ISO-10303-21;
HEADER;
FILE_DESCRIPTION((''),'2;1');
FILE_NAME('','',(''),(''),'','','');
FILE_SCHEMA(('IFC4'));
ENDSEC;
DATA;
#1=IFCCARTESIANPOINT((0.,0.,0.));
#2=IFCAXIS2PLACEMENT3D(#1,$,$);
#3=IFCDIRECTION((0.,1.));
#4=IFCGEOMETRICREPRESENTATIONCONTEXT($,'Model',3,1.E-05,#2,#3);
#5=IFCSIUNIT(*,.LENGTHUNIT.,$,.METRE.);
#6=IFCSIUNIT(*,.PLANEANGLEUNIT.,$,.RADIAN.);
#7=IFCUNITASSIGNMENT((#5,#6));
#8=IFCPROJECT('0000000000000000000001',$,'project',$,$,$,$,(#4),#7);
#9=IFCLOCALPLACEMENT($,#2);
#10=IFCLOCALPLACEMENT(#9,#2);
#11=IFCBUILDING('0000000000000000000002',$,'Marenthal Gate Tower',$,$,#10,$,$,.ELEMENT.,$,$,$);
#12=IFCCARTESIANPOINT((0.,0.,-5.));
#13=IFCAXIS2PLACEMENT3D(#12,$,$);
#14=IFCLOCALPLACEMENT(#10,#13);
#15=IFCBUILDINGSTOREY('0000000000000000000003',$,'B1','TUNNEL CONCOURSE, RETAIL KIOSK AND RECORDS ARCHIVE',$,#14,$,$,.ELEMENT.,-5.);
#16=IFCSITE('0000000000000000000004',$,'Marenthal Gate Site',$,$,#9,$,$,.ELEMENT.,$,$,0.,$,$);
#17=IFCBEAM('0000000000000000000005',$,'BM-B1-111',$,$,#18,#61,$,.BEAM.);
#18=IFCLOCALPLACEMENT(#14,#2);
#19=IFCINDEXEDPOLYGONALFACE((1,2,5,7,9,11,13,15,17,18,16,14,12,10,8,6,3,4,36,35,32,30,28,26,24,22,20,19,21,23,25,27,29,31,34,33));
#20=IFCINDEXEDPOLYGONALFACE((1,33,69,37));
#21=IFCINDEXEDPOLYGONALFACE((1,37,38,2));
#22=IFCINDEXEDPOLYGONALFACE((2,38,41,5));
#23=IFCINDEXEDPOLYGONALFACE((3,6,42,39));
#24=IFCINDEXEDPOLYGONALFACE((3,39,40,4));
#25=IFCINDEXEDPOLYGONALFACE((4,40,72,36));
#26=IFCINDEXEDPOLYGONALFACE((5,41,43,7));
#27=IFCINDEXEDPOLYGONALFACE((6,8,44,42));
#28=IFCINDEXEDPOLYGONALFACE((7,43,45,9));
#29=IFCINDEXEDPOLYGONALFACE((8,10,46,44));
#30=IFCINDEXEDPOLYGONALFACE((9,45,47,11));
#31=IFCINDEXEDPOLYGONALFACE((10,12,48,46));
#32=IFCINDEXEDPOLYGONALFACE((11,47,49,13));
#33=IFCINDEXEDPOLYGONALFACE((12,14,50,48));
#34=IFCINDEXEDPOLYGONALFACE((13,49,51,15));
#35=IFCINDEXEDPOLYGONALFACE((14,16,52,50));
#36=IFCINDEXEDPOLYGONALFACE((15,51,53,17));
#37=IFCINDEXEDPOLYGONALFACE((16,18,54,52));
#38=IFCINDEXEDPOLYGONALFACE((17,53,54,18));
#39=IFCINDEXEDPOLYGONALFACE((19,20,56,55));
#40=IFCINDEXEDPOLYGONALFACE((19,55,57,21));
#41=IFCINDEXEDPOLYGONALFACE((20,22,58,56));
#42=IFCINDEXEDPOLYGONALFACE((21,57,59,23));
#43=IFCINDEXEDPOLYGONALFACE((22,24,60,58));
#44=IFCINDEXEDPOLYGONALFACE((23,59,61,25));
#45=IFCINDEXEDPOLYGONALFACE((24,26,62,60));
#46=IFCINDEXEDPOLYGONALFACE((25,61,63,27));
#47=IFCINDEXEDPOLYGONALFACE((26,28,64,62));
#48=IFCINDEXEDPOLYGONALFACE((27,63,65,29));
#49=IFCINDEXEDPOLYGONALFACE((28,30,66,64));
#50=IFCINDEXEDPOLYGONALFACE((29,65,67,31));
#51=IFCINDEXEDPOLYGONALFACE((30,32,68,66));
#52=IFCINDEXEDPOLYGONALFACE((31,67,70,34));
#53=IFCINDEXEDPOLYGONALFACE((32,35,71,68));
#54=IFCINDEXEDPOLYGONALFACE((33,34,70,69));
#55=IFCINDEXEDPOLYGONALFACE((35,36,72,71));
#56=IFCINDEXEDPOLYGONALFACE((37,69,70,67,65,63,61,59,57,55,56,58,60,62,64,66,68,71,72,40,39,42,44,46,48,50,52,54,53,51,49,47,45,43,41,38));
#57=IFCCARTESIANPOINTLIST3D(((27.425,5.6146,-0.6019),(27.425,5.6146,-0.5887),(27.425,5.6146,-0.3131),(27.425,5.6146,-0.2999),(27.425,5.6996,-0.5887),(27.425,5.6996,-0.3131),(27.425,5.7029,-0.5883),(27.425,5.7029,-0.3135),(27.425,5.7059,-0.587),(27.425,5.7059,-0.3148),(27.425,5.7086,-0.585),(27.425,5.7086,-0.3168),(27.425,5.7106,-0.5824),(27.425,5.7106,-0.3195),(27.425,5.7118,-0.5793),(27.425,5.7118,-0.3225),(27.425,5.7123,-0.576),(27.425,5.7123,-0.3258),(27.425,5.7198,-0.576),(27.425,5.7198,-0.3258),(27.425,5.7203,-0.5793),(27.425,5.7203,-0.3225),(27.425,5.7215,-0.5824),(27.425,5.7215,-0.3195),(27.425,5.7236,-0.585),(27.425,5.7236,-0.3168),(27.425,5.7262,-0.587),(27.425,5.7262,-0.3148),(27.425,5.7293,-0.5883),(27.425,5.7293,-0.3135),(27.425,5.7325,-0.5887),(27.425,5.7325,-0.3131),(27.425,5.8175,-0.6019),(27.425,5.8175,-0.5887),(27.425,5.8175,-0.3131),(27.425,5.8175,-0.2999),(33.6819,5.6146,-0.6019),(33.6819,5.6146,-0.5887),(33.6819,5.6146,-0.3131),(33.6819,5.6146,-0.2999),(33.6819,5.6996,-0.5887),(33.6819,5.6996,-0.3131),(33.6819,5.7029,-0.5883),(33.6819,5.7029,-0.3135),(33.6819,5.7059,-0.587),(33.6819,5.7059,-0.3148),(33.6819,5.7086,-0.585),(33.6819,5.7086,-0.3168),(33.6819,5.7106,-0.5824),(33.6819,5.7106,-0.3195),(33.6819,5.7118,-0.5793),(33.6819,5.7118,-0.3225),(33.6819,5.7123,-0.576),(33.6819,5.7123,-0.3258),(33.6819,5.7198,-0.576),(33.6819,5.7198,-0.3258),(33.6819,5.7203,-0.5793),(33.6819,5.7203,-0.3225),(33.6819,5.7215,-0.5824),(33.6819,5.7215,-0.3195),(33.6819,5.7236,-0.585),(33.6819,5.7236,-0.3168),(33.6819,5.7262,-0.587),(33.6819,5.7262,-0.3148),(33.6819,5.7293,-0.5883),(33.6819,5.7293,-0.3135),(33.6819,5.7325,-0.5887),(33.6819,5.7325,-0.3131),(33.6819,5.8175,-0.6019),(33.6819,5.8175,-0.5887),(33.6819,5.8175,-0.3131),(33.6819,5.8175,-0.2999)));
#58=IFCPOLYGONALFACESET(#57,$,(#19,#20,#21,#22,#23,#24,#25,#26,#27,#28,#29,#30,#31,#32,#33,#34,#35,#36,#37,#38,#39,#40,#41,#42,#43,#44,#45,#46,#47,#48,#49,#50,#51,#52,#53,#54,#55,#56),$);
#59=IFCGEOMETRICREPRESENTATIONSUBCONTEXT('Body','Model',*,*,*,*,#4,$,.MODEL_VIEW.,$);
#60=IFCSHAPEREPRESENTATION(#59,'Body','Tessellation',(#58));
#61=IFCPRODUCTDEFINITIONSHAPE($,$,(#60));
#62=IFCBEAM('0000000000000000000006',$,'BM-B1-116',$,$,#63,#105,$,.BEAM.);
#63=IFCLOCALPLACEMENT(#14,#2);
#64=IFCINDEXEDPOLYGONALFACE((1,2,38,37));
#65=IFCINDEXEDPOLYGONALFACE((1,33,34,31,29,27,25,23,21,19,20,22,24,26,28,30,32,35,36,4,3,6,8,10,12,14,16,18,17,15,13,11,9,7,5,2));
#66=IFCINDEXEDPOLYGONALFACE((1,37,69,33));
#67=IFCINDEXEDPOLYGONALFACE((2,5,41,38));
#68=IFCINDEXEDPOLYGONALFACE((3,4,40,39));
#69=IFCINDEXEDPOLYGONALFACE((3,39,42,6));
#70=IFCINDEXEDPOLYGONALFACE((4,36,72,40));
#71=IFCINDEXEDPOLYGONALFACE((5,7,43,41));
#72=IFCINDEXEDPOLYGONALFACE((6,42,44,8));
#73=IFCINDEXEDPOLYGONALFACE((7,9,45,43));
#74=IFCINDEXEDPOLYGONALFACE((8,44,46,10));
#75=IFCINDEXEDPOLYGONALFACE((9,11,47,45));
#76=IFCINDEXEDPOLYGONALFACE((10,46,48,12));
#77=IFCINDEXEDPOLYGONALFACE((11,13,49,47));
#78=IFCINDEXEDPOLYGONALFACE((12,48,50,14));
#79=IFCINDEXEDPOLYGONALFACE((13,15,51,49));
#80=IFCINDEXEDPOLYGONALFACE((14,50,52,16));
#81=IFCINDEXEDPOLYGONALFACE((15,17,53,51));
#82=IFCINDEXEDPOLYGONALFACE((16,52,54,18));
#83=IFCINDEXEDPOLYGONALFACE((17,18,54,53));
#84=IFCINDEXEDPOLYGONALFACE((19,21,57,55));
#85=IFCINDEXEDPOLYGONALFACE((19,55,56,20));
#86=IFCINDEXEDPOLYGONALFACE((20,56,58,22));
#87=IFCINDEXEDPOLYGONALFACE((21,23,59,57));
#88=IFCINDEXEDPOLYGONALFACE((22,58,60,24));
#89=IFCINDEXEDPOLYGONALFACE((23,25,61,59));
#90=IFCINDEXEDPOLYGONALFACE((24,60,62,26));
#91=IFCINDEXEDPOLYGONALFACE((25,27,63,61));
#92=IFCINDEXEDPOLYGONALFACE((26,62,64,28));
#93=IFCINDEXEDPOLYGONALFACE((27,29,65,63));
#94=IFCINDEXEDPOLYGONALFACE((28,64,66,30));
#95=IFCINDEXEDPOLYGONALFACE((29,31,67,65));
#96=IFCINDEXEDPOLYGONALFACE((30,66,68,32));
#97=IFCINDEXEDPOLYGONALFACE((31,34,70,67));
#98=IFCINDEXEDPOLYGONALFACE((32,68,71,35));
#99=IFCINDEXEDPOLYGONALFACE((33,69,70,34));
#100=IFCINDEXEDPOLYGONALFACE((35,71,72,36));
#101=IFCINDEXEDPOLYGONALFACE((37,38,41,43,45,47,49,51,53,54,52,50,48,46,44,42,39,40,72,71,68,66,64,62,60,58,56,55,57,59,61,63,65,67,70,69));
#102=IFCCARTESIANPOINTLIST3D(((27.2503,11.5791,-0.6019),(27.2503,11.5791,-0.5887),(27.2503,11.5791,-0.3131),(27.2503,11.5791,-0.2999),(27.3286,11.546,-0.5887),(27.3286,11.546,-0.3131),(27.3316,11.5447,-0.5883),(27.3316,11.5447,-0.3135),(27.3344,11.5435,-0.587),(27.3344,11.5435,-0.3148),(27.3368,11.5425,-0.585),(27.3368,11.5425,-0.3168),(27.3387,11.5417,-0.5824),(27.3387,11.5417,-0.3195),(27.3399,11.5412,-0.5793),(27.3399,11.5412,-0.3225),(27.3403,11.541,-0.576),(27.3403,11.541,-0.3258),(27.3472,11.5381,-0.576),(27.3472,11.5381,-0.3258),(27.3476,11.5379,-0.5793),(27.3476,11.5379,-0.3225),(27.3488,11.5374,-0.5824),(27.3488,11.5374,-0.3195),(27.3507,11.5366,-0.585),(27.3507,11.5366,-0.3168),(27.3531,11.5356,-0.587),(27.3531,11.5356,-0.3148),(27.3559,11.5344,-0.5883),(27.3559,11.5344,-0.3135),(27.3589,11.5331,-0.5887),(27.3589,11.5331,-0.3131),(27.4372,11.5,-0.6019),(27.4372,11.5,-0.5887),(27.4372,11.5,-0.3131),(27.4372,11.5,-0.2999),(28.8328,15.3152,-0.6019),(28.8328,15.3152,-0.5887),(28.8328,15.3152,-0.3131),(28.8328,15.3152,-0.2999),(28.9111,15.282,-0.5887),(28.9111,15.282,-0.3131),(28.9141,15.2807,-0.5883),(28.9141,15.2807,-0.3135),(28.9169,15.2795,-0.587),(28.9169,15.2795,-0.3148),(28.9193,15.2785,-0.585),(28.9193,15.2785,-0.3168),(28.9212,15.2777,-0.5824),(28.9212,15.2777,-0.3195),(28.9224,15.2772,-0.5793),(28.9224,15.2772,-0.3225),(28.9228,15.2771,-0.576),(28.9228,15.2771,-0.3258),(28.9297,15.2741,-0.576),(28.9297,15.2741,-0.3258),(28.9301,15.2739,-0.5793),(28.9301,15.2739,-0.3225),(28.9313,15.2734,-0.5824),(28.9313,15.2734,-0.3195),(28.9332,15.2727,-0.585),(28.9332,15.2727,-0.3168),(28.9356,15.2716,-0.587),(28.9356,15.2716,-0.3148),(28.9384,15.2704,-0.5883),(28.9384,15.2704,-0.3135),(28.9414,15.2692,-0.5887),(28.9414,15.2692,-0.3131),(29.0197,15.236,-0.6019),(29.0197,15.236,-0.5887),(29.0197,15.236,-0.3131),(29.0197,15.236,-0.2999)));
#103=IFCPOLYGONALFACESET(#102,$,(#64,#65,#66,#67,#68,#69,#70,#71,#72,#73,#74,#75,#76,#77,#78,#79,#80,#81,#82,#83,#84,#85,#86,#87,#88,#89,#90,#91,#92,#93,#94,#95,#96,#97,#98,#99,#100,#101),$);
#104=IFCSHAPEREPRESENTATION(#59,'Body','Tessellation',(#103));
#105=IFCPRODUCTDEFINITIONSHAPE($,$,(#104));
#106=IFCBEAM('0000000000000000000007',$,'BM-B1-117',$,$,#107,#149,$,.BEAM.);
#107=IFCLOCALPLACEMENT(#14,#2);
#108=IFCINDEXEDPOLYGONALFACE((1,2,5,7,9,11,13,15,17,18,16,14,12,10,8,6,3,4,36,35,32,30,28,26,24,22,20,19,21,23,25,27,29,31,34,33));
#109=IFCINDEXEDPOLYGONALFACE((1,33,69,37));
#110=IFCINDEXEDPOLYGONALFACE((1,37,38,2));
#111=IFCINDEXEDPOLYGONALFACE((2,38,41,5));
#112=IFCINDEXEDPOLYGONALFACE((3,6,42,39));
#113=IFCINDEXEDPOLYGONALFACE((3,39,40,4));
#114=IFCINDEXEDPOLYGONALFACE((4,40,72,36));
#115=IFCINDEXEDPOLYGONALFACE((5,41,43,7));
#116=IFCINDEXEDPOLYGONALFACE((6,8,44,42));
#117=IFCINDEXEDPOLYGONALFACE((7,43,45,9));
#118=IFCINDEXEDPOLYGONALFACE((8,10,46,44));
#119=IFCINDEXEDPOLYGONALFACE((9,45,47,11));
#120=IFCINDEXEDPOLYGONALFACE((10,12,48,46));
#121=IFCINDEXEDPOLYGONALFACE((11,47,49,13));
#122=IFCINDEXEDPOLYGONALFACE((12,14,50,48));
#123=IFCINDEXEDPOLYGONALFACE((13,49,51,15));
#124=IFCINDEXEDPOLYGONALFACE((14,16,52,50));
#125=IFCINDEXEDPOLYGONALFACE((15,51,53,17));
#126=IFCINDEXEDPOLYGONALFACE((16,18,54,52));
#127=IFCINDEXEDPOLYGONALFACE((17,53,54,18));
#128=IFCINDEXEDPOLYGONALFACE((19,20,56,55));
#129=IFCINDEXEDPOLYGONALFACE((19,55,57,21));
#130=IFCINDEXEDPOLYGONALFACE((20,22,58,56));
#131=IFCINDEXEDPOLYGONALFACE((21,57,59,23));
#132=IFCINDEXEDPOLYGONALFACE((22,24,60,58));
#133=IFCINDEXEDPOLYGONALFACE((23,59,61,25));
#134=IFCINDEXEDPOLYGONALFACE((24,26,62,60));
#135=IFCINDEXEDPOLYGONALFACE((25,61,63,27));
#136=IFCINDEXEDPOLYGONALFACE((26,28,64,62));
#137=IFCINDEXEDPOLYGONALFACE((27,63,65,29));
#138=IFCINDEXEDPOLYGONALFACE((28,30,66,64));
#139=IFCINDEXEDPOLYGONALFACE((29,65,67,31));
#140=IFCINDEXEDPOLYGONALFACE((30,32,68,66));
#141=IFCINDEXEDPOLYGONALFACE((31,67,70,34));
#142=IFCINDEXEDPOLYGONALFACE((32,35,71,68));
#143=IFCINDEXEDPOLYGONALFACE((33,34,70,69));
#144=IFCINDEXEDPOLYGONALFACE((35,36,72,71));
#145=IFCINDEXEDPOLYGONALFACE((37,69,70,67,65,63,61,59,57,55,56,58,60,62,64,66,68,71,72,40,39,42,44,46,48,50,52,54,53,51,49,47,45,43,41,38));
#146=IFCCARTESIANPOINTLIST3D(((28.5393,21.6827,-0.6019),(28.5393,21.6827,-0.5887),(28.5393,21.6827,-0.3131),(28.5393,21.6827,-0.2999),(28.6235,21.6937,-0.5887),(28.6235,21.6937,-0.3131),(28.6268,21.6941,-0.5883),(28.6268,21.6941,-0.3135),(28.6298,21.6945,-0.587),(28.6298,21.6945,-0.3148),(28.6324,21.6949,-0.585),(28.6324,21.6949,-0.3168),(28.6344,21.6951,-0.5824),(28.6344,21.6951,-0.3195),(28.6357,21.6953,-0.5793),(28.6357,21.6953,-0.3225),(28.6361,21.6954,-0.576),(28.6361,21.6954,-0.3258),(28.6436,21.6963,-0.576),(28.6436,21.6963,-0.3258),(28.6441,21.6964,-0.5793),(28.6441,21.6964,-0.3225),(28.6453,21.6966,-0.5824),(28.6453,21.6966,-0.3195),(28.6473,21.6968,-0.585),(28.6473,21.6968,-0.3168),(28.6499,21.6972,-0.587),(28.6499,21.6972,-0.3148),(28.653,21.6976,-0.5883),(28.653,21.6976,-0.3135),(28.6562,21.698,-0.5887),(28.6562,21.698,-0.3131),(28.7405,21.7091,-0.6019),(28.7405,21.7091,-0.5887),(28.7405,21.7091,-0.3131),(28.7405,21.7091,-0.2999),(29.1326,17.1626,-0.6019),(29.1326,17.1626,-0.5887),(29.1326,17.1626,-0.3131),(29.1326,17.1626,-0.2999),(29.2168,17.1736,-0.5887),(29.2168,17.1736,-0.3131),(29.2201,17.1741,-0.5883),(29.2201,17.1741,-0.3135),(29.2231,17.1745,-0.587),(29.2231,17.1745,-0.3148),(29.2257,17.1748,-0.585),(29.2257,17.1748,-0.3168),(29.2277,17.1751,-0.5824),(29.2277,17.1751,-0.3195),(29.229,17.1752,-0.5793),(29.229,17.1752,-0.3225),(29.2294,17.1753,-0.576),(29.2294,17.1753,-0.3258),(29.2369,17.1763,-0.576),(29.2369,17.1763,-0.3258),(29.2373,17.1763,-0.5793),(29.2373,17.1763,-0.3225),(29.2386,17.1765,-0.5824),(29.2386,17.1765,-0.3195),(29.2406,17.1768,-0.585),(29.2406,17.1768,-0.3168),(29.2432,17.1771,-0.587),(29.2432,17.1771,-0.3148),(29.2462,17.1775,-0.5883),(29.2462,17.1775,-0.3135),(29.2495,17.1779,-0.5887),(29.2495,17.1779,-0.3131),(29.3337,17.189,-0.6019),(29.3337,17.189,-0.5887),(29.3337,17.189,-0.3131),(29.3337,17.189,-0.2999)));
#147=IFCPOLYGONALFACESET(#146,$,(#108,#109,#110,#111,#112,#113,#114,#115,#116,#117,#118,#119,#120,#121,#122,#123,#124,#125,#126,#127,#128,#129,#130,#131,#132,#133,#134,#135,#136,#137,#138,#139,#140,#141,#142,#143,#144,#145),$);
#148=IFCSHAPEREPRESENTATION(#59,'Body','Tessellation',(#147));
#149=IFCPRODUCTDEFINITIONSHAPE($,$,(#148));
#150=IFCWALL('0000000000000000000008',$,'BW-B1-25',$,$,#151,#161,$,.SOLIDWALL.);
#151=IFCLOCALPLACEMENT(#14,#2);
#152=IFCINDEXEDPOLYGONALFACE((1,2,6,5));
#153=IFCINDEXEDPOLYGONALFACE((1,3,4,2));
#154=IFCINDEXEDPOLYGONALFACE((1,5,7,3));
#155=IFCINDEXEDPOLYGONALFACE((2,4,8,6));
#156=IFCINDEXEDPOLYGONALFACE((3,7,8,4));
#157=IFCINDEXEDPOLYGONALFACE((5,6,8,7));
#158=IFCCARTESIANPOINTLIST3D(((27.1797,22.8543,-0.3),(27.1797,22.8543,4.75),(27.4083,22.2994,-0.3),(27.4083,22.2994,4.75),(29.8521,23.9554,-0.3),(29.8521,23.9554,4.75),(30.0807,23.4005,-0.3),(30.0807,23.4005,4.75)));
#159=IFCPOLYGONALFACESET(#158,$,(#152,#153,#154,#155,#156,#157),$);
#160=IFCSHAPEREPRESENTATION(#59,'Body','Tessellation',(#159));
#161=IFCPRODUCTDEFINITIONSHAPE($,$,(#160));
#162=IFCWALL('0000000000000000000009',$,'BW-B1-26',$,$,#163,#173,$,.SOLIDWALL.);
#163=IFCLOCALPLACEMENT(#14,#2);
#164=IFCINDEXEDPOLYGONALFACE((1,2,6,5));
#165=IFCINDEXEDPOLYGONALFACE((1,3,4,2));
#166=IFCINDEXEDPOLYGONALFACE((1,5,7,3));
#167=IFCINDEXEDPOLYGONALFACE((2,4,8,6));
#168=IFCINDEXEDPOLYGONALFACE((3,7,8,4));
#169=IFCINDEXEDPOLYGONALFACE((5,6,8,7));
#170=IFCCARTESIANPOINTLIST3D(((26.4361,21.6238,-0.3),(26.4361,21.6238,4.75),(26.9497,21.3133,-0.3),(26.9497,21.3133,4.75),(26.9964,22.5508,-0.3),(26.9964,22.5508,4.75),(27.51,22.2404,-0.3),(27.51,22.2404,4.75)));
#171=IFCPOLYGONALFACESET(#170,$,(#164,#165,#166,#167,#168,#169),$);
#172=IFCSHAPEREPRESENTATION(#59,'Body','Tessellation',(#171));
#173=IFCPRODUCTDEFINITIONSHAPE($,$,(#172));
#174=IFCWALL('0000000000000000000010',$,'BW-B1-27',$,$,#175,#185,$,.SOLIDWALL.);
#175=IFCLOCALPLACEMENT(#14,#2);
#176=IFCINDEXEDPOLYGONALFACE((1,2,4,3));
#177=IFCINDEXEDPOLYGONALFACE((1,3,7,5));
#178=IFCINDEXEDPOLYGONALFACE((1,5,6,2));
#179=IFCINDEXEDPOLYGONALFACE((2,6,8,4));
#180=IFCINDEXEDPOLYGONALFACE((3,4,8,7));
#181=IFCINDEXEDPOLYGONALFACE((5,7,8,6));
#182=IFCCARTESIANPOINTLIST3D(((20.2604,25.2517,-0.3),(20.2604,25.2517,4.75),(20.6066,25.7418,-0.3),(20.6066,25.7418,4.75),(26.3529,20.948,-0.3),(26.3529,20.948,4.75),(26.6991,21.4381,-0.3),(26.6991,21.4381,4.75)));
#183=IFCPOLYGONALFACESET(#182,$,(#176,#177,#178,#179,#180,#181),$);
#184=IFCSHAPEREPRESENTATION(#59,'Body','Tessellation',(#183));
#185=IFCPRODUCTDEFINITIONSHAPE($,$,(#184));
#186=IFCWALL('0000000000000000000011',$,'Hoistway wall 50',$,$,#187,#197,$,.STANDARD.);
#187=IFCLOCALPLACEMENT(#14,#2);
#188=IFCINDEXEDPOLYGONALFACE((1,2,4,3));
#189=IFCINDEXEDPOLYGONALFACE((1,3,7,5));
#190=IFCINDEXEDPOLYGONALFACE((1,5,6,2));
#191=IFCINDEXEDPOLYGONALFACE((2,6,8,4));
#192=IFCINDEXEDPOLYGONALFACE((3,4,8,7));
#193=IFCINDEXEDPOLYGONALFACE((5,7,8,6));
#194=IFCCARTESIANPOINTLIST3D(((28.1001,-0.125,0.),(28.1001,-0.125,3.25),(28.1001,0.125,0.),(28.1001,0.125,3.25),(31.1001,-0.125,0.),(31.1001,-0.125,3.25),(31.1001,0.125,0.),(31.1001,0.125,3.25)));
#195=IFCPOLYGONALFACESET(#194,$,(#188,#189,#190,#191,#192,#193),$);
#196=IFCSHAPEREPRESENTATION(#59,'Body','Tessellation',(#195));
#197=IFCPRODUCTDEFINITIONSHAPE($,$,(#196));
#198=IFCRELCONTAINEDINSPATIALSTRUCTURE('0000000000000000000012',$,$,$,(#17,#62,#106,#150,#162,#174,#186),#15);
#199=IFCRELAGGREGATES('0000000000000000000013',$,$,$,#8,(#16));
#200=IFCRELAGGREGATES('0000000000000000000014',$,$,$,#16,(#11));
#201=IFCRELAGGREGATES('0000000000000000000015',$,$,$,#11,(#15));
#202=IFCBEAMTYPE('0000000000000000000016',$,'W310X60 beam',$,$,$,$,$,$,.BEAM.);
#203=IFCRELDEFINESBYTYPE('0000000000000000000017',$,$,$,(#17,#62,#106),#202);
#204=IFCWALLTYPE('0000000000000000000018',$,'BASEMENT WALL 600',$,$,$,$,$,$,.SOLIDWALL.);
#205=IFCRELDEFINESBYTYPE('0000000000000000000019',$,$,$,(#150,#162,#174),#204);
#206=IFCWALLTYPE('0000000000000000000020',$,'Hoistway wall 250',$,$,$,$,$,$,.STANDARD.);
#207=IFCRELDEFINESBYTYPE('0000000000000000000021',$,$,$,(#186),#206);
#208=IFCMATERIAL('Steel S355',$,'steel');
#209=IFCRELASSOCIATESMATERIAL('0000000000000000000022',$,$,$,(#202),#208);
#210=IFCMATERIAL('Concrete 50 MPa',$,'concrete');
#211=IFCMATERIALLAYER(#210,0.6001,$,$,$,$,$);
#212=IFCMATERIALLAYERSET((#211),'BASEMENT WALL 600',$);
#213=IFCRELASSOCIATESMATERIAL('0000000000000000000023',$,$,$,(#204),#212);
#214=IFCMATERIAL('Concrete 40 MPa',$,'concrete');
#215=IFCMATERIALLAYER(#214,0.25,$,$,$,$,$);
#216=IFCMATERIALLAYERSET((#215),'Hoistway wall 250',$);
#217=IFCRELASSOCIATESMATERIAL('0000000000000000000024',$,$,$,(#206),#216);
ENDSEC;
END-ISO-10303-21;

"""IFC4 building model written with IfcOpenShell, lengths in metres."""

from ifc_helpers import new_model, si_unit, direction, frame, frame_2d, origin, origin_2d, place, context, subcontext, project, spatial, rectangle, i_section, extrude, material, layer, layer_set, material_profile, profile_set, type_object, element, save


model = new_model("IFC4")

# Units and contexts
model_context = context("Model", 3, precision=1e-05, world=origin(), true_north=direction((0.0, 1.0)))
body_context = subcontext(model_context, "Body", "Model", "MODEL_VIEW")
ifc_project = project(units=[si_unit("LENGTHUNIT", "METRE"), si_unit("PLANEANGLEUNIT", "RADIAN")], contexts=[model_context])

# Site, building, storey
site_placement = place(None, origin())
site = spatial("IfcSite", under=ifc_project, at=site_placement, Name="Marenthal Gate Site", CompositionType="ELEMENT", RefElevation=0.0)
building_placement = place(site_placement, origin())
building = spatial("IfcBuilding", under=site, at=building_placement, Name="Marenthal Gate Tower", CompositionType="ELEMENT")
storey_placement = place(building_placement, frame((0.0, 0.0, -5.0)))
storey = spatial("IfcBuildingStorey", under=building, at=storey_placement, Name="B1", Description="TUNNEL CONCOURSE, RETAIL KIOSK AND RECORDS ARCHIVE", CompositionType="ELEMENT", Elevation=-5.0)

# Beams
ifc_material_1 = material(Name="Steel S355", Category="steel")
ifc_material_profile_1 = material_profile(ifc_material_1, i_section(OverallWidth=0.2029, OverallDepth=0.302, WebThickness=0.0076, FlangeThickness=0.0132, FilletRadius=0.0127, at=origin_2d()), Name="W310X60")
ifc_profile_set_1 = profile_set([ifc_material_profile_1], Name="Steel S355")
beam_type_1 = type_object("IfcBeamType", Name="W310X60 beam", PredefinedType="BEAM", material=ifc_profile_set_1)
beam_1_placement = place(storey_placement, frame((27.425, 5.7161, -0.4509), z_axis=(1.0, 0.0, 0.0), x_axis=(0.0, 1.0, 0.0)))
element("IfcBeam", 1, at=beam_1_placement, inside=storey, type_object=beam_type_1, Name="BM-B1-111", PredefinedType="BEAM", context=body_context, shape_type="SweptSolid", body=[
    extrude(i_section(OverallWidth=0.2029, OverallDepth=0.302, WebThickness=0.0076, FlangeThickness=0.0132, FilletRadius=0.0127, at=origin_2d()), origin(), (0.0, 0.0, 1.0), 6.2568),
])
beam_2_placement = place(storey_placement, frame((27.3438, 11.5396, -0.4509), z_axis=(0.390031, 0.920802, 0.0), x_axis=(-0.920802, 0.390031, 0.0)))
element("IfcBeam", 2, at=beam_2_placement, inside=storey, type_object=beam_type_1, Name="BM-B1-116", PredefinedType="BEAM", context=body_context, shape_type="SweptSolid", body=[
    extrude(i_section(OverallWidth=0.2029, OverallDepth=0.302, WebThickness=0.0076, FlangeThickness=0.0132, FilletRadius=0.0127, at=origin_2d()), origin(), (0.0, 0.0, 1.0), 4.0574),
])
beam_3_placement = place(storey_placement, frame((29.2332, 17.1758, -0.4509), z_axis=(-0.130136, 0.991496, 0.0), x_axis=(-0.991496, -0.130136, 0.0)))
element("IfcBeam", 3, at=beam_3_placement, inside=storey, type_object=beam_type_1, Name="BM-B1-117", PredefinedType="BEAM", context=body_context, shape_type="SweptSolid", body=[
    extrude(i_section(OverallWidth=0.2029, OverallDepth=0.302, WebThickness=0.0076, FlangeThickness=0.0132, FilletRadius=0.0127, at=origin_2d()), origin(), (0.0, 0.0, 1.0), 4.5588),
])

# Walls
ifc_material_2 = material(Name="Concrete 50 MPa", Category="concrete")
ifc_layer_1 = layer(ifc_material_2, 0.6001)
ifc_layer_set_1 = layer_set([ifc_layer_1], Name="BASEMENT WALL 600")
wall_type_1 = type_object("IfcWallType", Name="BASEMENT WALL 600", PredefinedType="SOLIDWALL", material=ifc_layer_set_1)
wall_1_placement = place(storey_placement, frame((29.9666, 23.678, -0.3), z_axis=(0.0, 0.0, 1.0), x_axis=(-0.924594, -0.380954, 0.0)))
element("IfcWall", 4, at=wall_1_placement, inside=storey, type_object=wall_type_1, Name="BW-B1-25", PredefinedType="SOLIDWALL", context=body_context, shape_type="SweptSolid", body=[
    extrude(rectangle(XDim=2.8904, YDim=0.6001, at=frame_2d((1.4453, 0.0))), origin(), (0.0, 0.0, 1.0), 5.05),
])
wall_2_placement = place(storey_placement, frame((27.2532, 22.3955, -0.3), z_axis=(0.0, 0.0, 1.0), x_axis=(-0.517277, -0.855818, 0.0)))
element("IfcWall", 5, at=wall_2_placement, inside=storey, type_object=wall_type_1, Name="BW-B1-26", PredefinedType="SOLIDWALL", context=body_context, shape_type="SweptSolid", body=[
    extrude(rectangle(XDim=1.0833, YDim=0.6001, at=frame_2d((0.5415, 0.0))), origin(), (0.0, 0.0, 1.0), 5.05),
])
wall_3_placement = place(storey_placement, frame((26.5259, 21.1931, -0.3), z_axis=(0.0, 0.0, 1.0), x_axis=(-0.816772, 0.576961, 0.0)))
element("IfcWall", 6, at=wall_3_placement, inside=storey, type_object=wall_type_1, Name="BW-B1-27", PredefinedType="SOLIDWALL", context=body_context, shape_type="SweptSolid", body=[
    extrude(rectangle(XDim=7.4592, YDim=0.6001, at=frame_2d((3.7295, 0.0))), origin(), (0.0, 0.0, 1.0), 5.05),
])
ifc_material_3 = material(Name="Concrete 40 MPa", Category="concrete")
ifc_layer_2 = layer(ifc_material_3, 0.25)
ifc_layer_set_2 = layer_set([ifc_layer_2], Name="Hoistway wall 250")
wall_type_2 = type_object("IfcWallType", Name="Hoistway wall 250", PredefinedType="STANDARD", material=ifc_layer_set_2)
wall_4_placement = place(storey_placement, frame((28.1001, 0.0, 0.0), z_axis=(0.0, 0.0, 1.0), x_axis=(1.0, 0.0, 0.0)))
element("IfcWall", 7, at=wall_4_placement, inside=storey, type_object=wall_type_2, Name="Hoistway wall 50", PredefinedType="STANDARD", context=body_context, shape_type="SweptSolid", body=[
    extrude(rectangle(XDim=3.0, YDim=0.25, at=frame_2d((1.5, 0.0))), origin(), (0.0, 0.0, 1.0), 3.25),
])

save(model, "model.ifc")
